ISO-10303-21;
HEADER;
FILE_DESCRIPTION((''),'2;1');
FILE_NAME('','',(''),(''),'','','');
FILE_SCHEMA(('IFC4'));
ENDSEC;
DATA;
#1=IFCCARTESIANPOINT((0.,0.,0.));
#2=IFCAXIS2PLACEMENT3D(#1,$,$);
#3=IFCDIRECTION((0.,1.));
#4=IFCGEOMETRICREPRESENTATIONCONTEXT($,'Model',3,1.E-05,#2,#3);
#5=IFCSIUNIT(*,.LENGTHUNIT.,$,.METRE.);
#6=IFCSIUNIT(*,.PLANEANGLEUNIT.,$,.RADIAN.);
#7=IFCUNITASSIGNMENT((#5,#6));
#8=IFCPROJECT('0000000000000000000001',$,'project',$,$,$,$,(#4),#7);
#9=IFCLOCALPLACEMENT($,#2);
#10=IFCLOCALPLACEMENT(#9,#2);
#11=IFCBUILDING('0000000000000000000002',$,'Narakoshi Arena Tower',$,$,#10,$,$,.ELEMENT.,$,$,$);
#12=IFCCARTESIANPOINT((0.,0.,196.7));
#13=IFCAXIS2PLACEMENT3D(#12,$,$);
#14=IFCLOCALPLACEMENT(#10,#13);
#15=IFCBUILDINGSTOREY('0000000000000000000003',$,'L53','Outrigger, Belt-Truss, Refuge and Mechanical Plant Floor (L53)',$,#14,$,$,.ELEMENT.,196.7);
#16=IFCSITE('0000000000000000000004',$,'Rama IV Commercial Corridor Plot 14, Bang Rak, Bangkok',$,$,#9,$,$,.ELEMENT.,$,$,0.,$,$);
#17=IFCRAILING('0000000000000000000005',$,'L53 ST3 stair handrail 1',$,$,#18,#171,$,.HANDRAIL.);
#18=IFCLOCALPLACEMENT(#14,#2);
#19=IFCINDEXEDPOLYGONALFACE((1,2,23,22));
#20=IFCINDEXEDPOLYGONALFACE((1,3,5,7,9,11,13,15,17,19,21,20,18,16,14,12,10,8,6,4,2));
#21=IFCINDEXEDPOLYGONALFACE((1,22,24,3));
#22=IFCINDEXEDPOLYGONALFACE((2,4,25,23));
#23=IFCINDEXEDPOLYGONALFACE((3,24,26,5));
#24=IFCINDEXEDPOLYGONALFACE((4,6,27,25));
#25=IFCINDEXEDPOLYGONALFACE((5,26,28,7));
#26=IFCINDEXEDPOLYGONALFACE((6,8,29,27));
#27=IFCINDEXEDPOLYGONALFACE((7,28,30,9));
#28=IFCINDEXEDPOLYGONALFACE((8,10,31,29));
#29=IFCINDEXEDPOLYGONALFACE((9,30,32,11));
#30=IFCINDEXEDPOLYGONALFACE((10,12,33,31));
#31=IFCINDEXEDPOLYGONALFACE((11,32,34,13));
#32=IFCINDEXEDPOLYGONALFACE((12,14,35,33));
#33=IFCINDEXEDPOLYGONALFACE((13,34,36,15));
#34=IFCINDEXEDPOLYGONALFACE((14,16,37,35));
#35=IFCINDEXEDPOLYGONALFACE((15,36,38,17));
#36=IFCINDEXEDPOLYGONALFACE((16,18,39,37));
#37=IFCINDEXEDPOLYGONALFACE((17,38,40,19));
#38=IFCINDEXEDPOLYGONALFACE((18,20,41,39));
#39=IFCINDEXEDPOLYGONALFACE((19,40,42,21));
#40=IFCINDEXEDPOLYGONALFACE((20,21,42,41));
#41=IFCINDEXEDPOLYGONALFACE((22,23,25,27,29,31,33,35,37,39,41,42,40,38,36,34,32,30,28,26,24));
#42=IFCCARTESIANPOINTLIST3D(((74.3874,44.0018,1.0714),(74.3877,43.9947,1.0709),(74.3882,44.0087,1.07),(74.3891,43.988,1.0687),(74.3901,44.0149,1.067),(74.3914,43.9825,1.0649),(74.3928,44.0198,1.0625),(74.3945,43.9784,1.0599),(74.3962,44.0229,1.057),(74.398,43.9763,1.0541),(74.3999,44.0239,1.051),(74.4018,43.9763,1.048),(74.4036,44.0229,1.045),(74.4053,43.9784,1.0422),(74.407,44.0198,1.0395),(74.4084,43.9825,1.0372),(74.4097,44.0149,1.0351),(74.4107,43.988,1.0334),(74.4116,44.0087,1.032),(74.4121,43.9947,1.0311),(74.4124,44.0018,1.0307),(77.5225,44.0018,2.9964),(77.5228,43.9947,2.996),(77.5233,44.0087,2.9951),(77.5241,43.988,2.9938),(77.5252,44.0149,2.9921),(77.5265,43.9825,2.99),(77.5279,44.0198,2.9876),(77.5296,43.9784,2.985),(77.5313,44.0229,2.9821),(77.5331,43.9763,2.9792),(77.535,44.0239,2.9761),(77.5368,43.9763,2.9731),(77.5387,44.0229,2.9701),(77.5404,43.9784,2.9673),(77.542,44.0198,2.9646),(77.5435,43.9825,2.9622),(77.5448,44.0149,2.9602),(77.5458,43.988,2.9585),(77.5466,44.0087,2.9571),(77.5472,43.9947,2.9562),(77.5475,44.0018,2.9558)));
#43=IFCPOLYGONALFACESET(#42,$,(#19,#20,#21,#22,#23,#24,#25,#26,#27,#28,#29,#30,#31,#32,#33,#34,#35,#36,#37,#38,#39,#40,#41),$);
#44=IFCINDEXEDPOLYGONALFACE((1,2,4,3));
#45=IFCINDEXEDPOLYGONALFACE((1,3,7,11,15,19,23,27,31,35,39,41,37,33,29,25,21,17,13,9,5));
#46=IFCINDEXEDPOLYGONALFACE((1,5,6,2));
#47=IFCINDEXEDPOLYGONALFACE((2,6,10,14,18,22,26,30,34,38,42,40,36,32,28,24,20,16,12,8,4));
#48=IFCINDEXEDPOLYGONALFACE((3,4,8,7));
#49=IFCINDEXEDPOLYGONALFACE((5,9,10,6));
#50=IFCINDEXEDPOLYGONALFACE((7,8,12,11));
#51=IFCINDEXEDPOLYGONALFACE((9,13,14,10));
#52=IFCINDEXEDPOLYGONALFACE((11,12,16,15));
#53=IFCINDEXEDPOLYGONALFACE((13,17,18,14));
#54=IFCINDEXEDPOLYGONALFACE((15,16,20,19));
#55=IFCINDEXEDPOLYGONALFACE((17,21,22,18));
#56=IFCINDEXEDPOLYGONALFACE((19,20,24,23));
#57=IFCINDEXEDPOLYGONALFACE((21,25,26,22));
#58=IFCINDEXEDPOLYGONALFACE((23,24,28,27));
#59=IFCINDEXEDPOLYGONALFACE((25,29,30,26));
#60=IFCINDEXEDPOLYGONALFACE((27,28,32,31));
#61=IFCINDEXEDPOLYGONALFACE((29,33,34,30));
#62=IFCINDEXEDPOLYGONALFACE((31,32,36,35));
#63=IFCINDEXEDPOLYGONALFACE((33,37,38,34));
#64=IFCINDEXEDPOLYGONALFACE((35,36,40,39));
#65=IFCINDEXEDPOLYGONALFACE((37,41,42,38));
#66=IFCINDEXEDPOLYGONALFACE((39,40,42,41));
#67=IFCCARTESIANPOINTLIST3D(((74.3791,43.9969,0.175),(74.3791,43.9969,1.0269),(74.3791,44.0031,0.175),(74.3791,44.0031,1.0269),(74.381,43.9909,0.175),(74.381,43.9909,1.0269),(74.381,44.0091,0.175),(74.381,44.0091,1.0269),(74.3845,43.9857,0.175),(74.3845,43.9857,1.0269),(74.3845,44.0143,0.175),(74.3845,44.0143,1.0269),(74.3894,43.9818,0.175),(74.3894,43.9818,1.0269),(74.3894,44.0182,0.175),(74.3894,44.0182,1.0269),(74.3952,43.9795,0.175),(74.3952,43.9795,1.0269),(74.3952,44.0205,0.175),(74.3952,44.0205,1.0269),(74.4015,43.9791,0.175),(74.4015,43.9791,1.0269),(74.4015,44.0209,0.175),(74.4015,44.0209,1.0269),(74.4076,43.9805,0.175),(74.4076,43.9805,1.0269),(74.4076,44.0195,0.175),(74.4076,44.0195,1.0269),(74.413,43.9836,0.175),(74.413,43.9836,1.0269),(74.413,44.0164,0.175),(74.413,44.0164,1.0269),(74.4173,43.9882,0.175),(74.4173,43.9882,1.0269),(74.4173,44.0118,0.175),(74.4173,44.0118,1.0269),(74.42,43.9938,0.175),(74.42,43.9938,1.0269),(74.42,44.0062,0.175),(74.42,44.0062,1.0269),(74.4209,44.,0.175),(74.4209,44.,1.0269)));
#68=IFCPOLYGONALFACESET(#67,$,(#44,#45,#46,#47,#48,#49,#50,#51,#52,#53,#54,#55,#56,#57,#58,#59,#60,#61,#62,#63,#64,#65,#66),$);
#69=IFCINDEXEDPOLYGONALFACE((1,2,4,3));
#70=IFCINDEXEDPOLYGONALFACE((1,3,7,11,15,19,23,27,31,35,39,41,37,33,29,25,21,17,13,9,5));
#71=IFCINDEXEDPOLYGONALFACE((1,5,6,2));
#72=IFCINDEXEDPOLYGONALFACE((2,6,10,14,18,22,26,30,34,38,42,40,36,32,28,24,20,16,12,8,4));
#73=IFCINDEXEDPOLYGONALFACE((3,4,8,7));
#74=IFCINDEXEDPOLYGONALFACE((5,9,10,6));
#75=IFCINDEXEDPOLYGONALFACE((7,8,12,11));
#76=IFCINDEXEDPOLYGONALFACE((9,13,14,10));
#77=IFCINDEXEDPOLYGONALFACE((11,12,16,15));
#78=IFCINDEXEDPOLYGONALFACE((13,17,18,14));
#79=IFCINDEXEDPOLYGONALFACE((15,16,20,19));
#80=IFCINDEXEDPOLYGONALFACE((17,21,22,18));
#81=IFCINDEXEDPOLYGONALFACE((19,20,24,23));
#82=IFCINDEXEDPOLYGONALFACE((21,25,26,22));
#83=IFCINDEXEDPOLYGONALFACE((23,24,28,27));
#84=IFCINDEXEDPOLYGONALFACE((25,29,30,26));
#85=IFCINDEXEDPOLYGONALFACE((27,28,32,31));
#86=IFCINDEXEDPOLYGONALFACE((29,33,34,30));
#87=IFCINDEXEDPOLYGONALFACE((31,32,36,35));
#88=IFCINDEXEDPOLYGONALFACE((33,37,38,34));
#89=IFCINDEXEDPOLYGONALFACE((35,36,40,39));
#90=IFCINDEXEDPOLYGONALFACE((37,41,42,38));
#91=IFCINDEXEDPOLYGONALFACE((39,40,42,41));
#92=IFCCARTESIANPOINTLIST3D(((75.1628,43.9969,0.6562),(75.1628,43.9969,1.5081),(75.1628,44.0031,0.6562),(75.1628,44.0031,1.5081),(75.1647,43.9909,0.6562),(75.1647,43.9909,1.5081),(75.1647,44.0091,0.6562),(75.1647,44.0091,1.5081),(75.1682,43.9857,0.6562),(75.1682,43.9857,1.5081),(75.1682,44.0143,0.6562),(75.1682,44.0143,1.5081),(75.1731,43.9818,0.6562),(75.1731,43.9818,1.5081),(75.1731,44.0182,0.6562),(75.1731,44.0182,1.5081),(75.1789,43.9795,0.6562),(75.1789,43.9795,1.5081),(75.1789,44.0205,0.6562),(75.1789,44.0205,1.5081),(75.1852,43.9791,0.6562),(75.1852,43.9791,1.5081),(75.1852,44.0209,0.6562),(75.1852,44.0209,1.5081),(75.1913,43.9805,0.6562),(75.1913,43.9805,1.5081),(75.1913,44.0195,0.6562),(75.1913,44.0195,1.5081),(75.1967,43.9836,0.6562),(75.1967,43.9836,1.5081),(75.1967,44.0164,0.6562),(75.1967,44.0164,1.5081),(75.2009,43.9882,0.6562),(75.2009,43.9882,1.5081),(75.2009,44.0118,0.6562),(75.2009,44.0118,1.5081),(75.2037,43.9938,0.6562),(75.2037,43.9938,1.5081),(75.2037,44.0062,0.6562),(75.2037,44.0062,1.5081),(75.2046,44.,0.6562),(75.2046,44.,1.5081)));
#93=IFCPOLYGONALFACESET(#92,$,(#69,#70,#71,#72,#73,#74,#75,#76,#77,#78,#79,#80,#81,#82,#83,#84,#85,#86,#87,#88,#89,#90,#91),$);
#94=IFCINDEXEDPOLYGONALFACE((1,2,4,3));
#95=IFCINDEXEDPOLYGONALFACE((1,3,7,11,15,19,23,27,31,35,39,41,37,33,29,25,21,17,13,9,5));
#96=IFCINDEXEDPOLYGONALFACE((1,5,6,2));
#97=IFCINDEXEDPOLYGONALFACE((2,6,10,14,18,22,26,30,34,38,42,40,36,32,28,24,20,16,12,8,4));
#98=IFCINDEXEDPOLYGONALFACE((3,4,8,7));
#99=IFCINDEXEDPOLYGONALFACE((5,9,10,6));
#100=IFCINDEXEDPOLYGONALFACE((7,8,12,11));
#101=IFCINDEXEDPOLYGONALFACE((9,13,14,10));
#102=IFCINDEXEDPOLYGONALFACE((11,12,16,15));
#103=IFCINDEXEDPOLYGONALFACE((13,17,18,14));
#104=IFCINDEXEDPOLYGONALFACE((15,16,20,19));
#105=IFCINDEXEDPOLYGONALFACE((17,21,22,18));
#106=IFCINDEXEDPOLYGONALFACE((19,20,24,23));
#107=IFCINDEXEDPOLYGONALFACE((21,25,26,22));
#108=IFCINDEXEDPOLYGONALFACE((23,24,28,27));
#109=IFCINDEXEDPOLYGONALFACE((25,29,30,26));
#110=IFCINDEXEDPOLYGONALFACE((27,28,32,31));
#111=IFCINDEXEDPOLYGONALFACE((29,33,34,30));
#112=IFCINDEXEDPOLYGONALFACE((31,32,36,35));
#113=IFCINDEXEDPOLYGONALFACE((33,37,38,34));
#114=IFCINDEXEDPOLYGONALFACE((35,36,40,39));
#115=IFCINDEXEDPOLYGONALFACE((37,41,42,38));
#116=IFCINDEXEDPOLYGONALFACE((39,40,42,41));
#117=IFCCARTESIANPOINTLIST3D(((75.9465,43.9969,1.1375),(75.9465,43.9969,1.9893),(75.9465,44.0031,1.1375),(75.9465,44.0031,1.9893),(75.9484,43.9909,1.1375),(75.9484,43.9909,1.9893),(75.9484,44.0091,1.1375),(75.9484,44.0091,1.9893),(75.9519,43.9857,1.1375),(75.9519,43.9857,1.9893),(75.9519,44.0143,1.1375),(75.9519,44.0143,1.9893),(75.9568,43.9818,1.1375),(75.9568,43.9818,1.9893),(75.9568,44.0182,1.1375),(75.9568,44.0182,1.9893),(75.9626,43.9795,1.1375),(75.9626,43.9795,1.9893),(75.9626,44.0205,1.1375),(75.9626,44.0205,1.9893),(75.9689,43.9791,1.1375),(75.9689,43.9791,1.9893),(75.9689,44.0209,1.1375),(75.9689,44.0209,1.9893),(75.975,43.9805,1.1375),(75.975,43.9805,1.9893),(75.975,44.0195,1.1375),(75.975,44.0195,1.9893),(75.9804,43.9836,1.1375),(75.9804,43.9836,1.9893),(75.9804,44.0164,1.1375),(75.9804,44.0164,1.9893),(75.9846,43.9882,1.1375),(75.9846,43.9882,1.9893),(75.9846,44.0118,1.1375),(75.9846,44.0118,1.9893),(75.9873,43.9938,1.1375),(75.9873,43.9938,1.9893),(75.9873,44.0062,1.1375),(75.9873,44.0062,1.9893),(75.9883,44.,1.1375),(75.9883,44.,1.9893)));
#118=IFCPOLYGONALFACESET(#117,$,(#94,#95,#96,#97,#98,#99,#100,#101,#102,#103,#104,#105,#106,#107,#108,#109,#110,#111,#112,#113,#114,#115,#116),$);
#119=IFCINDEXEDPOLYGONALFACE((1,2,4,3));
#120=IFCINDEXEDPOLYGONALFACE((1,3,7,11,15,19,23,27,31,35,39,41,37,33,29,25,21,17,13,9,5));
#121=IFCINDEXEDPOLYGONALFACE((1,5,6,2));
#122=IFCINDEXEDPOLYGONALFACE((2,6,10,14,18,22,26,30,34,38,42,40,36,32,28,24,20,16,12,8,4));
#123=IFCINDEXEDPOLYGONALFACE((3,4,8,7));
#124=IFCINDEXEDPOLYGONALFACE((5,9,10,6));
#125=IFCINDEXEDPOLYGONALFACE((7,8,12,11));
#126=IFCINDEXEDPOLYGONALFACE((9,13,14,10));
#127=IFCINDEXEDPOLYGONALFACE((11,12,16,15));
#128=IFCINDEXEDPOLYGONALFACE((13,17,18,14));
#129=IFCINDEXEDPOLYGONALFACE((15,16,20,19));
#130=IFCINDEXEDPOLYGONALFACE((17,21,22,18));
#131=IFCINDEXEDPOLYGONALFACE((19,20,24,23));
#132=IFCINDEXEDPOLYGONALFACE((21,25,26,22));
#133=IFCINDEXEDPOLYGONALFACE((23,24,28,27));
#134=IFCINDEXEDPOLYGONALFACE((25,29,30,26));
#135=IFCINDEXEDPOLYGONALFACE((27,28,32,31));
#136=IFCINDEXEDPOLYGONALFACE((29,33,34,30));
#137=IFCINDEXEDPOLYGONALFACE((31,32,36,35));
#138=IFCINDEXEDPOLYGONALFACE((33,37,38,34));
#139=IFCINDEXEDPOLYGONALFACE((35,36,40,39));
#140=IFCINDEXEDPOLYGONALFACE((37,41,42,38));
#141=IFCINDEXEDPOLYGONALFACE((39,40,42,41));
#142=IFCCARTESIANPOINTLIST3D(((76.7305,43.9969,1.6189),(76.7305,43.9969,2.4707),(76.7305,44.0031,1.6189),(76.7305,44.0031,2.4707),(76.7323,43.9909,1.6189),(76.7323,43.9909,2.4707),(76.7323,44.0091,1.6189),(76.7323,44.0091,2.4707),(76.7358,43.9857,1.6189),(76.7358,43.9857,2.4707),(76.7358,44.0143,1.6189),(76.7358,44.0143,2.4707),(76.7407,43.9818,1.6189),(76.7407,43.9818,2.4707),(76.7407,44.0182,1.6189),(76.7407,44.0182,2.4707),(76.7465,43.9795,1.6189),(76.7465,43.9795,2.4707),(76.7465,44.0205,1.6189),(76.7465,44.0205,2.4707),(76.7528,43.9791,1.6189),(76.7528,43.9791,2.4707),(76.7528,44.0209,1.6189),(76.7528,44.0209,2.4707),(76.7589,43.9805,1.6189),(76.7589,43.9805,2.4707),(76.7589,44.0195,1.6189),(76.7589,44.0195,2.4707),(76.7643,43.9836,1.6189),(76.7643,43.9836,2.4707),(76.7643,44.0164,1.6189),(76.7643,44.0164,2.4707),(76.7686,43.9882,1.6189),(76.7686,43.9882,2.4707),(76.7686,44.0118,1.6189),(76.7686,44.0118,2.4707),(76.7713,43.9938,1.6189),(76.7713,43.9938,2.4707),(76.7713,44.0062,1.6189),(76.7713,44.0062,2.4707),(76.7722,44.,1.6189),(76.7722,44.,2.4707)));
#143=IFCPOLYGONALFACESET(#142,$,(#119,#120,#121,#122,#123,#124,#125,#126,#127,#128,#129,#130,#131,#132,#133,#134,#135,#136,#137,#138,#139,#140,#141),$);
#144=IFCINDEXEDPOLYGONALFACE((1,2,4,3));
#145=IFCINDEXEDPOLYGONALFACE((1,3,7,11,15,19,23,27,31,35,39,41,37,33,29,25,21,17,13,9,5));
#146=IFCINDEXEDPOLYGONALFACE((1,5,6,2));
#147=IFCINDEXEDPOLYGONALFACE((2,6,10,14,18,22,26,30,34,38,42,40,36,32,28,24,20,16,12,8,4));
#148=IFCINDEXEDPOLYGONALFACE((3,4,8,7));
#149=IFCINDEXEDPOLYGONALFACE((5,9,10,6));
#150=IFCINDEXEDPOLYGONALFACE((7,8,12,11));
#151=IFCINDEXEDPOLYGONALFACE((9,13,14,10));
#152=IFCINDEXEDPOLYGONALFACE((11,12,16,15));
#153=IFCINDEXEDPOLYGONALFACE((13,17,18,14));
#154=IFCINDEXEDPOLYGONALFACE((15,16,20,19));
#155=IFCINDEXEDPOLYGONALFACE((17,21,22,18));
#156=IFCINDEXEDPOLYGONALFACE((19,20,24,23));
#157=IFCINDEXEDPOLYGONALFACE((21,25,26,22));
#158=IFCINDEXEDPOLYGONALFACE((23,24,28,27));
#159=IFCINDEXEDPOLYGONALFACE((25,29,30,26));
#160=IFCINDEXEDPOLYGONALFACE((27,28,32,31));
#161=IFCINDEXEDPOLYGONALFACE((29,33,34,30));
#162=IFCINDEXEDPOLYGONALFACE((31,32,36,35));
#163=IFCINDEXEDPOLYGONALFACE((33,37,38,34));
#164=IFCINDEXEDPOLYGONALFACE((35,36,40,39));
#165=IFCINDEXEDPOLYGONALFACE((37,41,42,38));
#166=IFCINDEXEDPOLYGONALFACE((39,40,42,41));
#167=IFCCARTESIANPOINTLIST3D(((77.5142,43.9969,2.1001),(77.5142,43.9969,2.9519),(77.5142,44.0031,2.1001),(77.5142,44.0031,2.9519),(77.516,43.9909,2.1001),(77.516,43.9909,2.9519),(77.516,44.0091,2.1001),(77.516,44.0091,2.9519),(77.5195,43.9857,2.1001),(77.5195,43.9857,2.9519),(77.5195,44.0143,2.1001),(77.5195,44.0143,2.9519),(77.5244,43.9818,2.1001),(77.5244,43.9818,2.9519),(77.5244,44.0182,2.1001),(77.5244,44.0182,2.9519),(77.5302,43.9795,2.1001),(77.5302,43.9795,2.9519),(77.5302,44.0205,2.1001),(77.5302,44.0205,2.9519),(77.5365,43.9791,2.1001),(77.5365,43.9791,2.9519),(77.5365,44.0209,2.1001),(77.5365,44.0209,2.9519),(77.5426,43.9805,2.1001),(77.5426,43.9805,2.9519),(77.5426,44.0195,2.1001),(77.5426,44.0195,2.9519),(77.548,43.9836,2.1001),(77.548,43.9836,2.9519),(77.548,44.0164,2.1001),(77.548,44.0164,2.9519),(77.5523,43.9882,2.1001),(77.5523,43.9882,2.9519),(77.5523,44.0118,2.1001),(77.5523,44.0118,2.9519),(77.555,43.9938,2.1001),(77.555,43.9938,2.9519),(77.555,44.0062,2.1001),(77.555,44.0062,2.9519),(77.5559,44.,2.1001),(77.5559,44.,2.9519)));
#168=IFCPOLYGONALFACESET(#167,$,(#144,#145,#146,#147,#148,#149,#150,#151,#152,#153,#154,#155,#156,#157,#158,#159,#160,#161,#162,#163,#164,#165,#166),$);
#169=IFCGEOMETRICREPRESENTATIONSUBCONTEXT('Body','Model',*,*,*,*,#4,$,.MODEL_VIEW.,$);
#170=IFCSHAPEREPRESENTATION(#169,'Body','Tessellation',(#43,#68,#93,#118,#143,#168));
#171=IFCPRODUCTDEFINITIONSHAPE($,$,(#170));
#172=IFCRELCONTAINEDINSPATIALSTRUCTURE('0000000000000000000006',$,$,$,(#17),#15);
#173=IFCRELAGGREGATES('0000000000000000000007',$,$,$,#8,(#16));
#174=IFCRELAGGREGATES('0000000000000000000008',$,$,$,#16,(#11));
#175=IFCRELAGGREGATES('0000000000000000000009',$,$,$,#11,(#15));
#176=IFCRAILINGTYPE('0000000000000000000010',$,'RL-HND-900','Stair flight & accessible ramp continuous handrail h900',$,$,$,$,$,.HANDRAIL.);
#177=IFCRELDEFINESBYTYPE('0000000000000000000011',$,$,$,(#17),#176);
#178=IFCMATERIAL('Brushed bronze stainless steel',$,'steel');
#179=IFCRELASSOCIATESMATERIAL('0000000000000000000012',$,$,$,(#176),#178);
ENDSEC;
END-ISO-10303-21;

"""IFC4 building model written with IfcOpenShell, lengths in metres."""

from ifc_helpers import new_model, si_unit, direction, frame, origin, origin_2d, place, context, subcontext, project, spatial, circle, extrude, material, type_object, element, save


model = new_model("IFC4")

# Units and contexts
model_context = context("Model", 3, precision=1e-05, world=origin(), true_north=direction((0.0, 1.0)))
body_context = subcontext(model_context, "Body", "Model", "MODEL_VIEW")
ifc_project = project(units=[si_unit("LENGTHUNIT", "METRE"), si_unit("PLANEANGLEUNIT", "RADIAN")], contexts=[model_context])

# Site, building, storey
site_placement = place(None, origin())
site = spatial("IfcSite", under=ifc_project, at=site_placement, Name="Rama IV Commercial Corridor Plot 14, Bang Rak, Bangkok", CompositionType="ELEMENT", RefElevation=0.0)
building_placement = place(site_placement, origin())
building = spatial("IfcBuilding", under=site, at=building_placement, Name="Narakoshi Arena Tower", CompositionType="ELEMENT")
storey_placement = place(building_placement, frame((0.0, 0.0, 196.7)))
storey = spatial("IfcBuildingStorey", under=building, at=storey_placement, Name="L53", Description="Outrigger, Belt-Truss, Refuge and Mechanical Plant Floor (L53)", CompositionType="ELEMENT", Elevation=196.7)

# Railing
ifc_material_1 = material(Name="Brushed bronze stainless steel", Category="steel")
railing_type_1 = type_object("IfcRailingType", Name="RL-HND-900", Description="Stair flight & accessible ramp continuous handrail h900", PredefinedType="HANDRAIL", material=ifc_material_1)
railing_1_placement = place(storey_placement, frame((74.3999, 44.0, 0.175)))
element("IfcRailing", 1, at=railing_1_placement, inside=storey, type_object=railing_type_1, Name="L53 ST3 stair handrail 1", PredefinedType="HANDRAIL", context=body_context, shape_type="SweptSolid", body=[
    extrude(circle(Radius=0.0239, at=origin_2d()), frame((0.0, 0.0, 0.876), z_axis=(0.852166, 0.0, 0.523271), x_axis=(0.0, 1.0, 0.0)), (0.0, 0.0, 1.0), 3.679),
    extrude(circle(Radius=0.021, at=origin_2d()), origin(), (0.0, 0.0, 1.0), 0.8518),
    extrude(circle(Radius=0.021, at=origin_2d()), frame((0.7837, 0.0, 0.4812)), (0.0, 0.0, 1.0), 0.8518),
    extrude(circle(Radius=0.021, at=origin_2d()), frame((1.5674, 0.0, 0.9624)), (0.0, 0.0, 1.0), 0.8518),
    extrude(circle(Radius=0.021, at=origin_2d()), frame((2.3513, 0.0, 1.4438)), (0.0, 0.0, 1.0), 0.8518),
    extrude(circle(Radius=0.021, at=origin_2d()), frame((3.135, 0.0, 1.925)), (0.0, 0.0, 1.0), 0.8518),
])

save(model, "model.ifc")
